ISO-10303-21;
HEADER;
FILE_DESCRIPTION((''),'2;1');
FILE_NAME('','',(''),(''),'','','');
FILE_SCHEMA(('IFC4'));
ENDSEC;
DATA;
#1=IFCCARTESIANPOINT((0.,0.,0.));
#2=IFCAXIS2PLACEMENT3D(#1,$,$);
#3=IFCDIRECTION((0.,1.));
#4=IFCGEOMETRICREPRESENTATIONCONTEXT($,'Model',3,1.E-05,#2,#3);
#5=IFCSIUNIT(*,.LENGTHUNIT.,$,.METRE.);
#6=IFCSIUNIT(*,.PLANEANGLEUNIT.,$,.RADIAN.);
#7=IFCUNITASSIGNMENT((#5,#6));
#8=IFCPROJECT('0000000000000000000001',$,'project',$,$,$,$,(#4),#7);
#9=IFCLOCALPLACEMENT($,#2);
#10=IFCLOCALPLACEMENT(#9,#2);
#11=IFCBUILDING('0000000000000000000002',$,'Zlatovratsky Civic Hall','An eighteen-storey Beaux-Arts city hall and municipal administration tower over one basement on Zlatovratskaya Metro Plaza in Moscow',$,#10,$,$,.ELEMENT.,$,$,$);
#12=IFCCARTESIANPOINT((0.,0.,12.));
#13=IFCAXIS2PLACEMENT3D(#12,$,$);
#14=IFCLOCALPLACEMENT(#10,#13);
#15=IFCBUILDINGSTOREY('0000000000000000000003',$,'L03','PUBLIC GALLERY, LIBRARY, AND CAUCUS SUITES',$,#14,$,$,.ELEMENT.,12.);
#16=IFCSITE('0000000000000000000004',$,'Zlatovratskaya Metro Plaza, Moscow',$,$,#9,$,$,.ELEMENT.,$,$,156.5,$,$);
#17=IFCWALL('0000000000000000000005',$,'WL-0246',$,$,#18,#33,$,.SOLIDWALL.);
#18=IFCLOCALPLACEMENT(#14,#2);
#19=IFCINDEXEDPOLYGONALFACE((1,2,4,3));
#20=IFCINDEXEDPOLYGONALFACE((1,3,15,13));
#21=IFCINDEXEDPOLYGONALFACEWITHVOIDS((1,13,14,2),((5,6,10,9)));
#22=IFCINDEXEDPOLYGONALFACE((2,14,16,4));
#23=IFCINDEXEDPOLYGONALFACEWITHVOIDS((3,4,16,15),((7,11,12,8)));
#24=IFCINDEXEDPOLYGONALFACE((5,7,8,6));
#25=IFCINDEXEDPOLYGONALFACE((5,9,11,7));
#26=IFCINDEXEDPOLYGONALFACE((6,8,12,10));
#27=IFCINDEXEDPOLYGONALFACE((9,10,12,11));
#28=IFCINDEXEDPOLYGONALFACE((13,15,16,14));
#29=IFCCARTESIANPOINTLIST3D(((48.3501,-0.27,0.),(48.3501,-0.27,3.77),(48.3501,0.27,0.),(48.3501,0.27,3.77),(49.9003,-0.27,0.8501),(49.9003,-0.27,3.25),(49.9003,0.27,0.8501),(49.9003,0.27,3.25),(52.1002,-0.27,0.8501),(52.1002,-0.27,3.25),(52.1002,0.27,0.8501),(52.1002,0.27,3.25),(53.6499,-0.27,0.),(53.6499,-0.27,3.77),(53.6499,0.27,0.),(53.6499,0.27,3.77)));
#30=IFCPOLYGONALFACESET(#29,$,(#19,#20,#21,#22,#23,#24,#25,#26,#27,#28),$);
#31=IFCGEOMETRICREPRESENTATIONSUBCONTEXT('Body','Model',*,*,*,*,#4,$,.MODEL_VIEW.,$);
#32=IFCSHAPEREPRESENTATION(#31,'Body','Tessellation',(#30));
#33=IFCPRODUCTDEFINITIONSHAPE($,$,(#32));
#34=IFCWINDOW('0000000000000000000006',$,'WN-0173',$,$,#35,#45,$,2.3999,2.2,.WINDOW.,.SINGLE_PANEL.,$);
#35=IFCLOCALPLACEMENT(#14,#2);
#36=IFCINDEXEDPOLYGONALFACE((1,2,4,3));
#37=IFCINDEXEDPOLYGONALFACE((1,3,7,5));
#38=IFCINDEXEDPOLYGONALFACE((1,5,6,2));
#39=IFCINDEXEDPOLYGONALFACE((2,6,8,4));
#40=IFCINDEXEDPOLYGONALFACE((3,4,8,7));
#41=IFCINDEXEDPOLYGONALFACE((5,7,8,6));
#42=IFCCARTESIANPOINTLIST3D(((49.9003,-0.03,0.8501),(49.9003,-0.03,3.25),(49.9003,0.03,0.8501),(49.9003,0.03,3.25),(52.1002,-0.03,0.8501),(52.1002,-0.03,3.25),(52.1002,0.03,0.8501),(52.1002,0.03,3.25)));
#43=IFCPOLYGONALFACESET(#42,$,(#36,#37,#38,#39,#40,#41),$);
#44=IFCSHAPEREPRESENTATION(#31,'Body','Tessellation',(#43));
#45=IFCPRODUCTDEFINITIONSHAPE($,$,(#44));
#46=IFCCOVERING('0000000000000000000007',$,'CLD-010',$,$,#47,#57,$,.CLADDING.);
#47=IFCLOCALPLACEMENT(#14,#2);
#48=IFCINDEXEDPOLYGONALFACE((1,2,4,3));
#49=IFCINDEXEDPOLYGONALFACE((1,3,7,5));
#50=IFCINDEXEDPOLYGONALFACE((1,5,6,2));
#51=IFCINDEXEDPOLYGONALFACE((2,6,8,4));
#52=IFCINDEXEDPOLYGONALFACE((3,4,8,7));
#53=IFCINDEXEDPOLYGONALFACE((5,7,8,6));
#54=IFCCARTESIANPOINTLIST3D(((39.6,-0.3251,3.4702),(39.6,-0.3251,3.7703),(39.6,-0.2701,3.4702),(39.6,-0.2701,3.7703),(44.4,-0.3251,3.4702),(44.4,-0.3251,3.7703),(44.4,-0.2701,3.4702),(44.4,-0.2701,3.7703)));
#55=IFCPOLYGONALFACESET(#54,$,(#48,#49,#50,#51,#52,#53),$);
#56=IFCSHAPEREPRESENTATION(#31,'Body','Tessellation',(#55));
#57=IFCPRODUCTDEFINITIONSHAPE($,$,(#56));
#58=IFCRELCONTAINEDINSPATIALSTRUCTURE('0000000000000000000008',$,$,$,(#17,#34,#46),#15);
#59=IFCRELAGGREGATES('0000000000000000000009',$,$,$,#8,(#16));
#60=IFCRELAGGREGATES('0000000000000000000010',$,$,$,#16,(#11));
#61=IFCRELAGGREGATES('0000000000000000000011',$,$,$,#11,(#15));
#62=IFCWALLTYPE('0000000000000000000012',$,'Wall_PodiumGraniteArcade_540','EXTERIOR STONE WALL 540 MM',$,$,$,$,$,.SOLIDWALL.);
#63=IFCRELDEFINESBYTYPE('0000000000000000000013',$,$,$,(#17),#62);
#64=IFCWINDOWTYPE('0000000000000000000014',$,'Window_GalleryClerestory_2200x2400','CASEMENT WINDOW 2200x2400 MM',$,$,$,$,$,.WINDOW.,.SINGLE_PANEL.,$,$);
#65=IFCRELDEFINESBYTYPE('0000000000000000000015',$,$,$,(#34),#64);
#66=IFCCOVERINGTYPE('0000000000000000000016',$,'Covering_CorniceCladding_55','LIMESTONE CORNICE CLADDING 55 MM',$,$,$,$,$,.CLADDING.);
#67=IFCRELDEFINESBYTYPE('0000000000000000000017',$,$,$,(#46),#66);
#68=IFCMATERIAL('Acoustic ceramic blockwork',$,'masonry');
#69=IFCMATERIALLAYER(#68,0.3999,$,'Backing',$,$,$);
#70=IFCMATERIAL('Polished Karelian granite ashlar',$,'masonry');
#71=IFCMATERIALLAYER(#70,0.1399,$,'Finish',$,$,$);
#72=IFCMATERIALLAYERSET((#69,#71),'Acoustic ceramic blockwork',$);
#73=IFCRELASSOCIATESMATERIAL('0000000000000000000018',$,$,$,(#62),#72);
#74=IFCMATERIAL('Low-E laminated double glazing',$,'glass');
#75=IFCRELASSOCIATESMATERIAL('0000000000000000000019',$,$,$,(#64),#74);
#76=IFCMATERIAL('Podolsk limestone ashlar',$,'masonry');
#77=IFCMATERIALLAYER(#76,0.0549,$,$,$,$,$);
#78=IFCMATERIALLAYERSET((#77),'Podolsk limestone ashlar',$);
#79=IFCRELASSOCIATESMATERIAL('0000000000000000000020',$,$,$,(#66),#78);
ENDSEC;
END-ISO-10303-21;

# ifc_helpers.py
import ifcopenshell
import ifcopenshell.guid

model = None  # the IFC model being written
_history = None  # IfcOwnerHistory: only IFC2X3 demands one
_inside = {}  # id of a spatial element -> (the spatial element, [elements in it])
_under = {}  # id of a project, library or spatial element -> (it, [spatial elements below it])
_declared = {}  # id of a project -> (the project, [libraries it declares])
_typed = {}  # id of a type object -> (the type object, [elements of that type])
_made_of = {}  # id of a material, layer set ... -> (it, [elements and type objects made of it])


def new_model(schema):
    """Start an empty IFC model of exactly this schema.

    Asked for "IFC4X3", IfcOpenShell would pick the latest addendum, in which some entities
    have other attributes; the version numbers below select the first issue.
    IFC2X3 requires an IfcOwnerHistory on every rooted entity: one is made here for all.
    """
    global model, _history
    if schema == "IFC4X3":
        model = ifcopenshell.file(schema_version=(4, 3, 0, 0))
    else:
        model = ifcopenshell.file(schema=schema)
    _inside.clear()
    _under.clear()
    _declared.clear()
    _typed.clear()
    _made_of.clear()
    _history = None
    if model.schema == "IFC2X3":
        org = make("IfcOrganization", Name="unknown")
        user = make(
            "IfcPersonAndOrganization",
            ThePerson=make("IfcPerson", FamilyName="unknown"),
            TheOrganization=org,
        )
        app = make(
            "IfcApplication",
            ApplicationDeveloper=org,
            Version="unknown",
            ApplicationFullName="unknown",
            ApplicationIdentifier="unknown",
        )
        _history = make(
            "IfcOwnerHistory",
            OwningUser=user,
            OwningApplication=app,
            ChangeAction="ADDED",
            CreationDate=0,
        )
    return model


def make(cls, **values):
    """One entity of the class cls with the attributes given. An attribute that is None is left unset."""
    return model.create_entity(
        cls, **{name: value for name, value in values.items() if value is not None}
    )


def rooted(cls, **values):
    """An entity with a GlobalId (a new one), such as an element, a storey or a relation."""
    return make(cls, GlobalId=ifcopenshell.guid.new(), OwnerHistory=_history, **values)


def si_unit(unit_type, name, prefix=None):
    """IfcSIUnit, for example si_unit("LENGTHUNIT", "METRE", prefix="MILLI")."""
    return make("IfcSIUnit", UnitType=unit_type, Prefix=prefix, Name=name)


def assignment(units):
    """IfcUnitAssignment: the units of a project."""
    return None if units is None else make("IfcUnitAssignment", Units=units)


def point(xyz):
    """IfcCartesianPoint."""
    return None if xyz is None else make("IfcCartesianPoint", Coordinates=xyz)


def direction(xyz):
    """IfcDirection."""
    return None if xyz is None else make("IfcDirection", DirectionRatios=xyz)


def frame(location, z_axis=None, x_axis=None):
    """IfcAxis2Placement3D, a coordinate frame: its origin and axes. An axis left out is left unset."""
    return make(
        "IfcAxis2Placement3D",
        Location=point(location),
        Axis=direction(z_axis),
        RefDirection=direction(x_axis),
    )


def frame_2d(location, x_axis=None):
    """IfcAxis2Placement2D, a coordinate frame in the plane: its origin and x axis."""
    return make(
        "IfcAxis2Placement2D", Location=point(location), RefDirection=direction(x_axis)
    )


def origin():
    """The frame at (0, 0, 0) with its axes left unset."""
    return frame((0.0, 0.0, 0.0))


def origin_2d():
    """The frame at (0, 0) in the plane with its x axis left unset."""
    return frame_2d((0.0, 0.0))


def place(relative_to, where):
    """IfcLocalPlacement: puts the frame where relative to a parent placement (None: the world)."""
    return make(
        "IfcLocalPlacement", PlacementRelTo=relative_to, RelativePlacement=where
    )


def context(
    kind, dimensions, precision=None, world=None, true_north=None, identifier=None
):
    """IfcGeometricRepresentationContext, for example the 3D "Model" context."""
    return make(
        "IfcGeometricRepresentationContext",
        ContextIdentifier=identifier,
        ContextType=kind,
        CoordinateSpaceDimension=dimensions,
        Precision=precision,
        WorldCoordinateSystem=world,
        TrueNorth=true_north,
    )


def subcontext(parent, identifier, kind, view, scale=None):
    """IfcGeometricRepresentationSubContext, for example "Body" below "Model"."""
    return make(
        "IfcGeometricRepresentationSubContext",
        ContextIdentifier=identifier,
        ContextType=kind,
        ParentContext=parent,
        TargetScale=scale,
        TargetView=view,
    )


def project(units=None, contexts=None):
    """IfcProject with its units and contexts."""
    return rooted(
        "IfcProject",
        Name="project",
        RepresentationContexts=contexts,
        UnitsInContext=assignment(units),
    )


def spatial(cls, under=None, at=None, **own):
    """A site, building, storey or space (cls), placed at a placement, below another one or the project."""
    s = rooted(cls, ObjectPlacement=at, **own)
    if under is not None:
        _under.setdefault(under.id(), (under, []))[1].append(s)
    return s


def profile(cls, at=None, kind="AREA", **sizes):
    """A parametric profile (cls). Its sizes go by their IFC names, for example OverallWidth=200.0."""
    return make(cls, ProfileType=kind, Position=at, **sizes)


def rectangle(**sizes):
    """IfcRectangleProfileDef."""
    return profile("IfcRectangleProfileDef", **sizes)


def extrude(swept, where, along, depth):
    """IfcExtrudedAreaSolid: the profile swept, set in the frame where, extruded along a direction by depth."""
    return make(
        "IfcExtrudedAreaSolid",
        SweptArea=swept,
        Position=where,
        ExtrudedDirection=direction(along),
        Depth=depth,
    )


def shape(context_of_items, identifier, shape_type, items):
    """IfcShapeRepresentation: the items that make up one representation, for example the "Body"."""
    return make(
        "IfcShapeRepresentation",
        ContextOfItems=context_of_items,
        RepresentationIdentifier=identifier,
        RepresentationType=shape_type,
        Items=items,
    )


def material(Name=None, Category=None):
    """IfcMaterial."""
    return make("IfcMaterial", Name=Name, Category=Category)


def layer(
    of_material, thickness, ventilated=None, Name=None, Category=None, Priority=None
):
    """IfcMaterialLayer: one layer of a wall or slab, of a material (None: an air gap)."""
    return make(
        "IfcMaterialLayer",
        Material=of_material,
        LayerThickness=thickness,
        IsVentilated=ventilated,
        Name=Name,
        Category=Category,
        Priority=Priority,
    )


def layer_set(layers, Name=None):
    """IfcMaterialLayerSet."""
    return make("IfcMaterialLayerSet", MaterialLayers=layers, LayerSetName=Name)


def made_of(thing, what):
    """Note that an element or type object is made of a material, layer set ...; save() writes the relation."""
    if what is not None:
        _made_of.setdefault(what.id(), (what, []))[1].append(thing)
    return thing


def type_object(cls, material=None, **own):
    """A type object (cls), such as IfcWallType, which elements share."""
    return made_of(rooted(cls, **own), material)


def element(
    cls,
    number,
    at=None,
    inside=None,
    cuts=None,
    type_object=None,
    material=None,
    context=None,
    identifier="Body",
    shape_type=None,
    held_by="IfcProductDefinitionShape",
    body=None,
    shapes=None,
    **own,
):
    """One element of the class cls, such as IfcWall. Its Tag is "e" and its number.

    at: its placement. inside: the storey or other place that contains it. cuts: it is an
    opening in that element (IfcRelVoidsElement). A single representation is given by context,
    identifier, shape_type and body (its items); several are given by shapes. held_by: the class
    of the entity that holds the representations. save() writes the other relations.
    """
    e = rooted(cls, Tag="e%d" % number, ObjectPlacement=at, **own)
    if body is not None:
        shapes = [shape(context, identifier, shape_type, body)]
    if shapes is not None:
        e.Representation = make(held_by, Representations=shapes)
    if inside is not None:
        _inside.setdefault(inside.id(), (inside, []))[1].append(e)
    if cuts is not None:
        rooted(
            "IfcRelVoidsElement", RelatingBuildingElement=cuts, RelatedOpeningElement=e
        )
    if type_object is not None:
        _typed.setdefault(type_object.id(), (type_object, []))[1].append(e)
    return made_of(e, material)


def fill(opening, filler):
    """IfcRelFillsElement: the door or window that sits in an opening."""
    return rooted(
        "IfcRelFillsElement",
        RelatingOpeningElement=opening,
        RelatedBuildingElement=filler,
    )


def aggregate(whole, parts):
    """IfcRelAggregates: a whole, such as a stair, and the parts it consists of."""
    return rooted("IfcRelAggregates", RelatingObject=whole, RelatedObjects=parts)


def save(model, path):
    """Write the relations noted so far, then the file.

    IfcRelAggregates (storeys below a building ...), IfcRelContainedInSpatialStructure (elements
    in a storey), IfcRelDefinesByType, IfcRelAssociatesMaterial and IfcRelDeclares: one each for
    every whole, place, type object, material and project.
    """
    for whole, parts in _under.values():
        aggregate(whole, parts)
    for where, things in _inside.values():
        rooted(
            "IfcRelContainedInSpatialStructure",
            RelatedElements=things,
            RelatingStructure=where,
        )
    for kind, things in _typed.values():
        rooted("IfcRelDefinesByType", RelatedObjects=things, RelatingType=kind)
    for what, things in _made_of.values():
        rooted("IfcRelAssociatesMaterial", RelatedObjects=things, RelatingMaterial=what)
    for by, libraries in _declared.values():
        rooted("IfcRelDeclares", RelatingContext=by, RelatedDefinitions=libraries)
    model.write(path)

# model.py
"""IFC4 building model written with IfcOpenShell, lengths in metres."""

from ifc_helpers import new_model, si_unit, direction, frame, frame_2d, origin, origin_2d, place, context, subcontext, project, spatial, rectangle, extrude, material, layer, layer_set, type_object, element, fill, save


model = new_model("IFC4")

# Units and contexts
model_context = context("Model", 3, precision=1e-05, world=origin(), true_north=direction((0.0, 1.0)))
body_context = subcontext(model_context, "Body", "Model", "MODEL_VIEW")
ifc_project = project(units=[si_unit("LENGTHUNIT", "METRE"), si_unit("PLANEANGLEUNIT", "RADIAN")], contexts=[model_context])

# Site, building, storey
site_placement = place(None, origin())
site = spatial("IfcSite", under=ifc_project, at=site_placement, Name="Zlatovratskaya Metro Plaza, Moscow", CompositionType="ELEMENT", RefElevation=156.5)
building_placement = place(site_placement, origin())
building = spatial("IfcBuilding", under=site, at=building_placement, Name="Zlatovratsky Civic Hall", Description="An eighteen-storey Beaux-Arts city hall and municipal administration tower over one basement on Zlatovratskaya Metro Plaza in Moscow", CompositionType="ELEMENT")
storey_placement = place(building_placement, frame((0.0, 0.0, 12.0)))
storey = spatial("IfcBuildingStorey", under=building, at=storey_placement, Name="L03", Description="PUBLIC GALLERY, LIBRARY, AND CAUCUS SUITES", CompositionType="ELEMENT", Elevation=12.0)

# Shared definitions
ifc_material_1 = material(Name="Acoustic ceramic blockwork", Category="masonry")
ifc_layer_1 = layer(ifc_material_1, 0.3999, Name="Backing")
ifc_material_2 = material(Name="Polished Karelian granite ashlar", Category="masonry")
ifc_layer_2 = layer(ifc_material_2, 0.1399, Name="Finish")
ifc_layer_set_1 = layer_set([ifc_layer_1, ifc_layer_2], Name="Acoustic ceramic blockwork")
wall_type = type_object("IfcWallType", Name="Wall_PodiumGraniteArcade_540", Description="EXTERIOR STONE WALL 540 MM", PredefinedType="SOLIDWALL", material=ifc_layer_set_1)
ifc_material_3 = material(Name="Low-E laminated double glazing", Category="glass")
window_type = type_object("IfcWindowType", Name="Window_GalleryClerestory_2200x2400", Description="CASEMENT WINDOW 2200x2400 MM", PartitioningType="SINGLE_PANEL", PredefinedType="WINDOW", material=ifc_material_3)

# Wall, opening, window
wall_1_placement = place(storey_placement, frame((48.3501, 0.0, 0.0), z_axis=(0.0, 0.0, 1.0), x_axis=(1.0, 0.0, 0.0)))
wall_1 = element("IfcWall", 1, at=wall_1_placement, inside=storey, type_object=wall_type, Name="WL-0246", PredefinedType="SOLIDWALL", context=body_context, shape_type="SweptSolid", body=[
    extrude(rectangle(XDim=5.2998, YDim=0.54, at=frame_2d((2.6499, 0.0))), origin(), (0.0, 0.0, 1.0), 3.77),
])
opening_1_placement = place(wall_1_placement, frame((1.55, 0.0, 0.8501)))
opening_1 = element("IfcOpeningElement", 2, at=opening_1_placement, cuts=wall_1, PredefinedType="OPENING", context=body_context, shape_type="SweptSolid", body=[
    extrude(rectangle(XDim=2.2, YDim=2.3999, at=frame_2d((1.1001, 1.2))), frame((0.0, 0.2849, 0.0), z_axis=(0.0, -1.0, 0.0), x_axis=(1.0, 0.0, 0.0)), (0.0, 0.0, 1.0), 0.5698),
])
window_1_placement = place(opening_1_placement, origin())
window_1 = element("IfcWindow", 3, at=window_1_placement, inside=storey, type_object=window_type, Name="WN-0173", OverallHeight=2.3999, OverallWidth=2.2, PartitioningType="SINGLE_PANEL", PredefinedType="WINDOW", context=body_context, shape_type="SweptSolid", body=[
    extrude(rectangle(XDim=2.2, YDim=2.3999, at=frame_2d((1.1001, 1.2))), frame((0.0, 0.03, 0.0), z_axis=(0.0, -1.0, 0.0), x_axis=(1.0, 0.0, 0.0)), (0.0, 0.0, 1.0), 0.0601),
])
fill(opening_1, window_1)

# Covering
ifc_material_4 = material(Name="Podolsk limestone ashlar", Category="masonry")
ifc_layer_3 = layer(ifc_material_4, 0.0549)
ifc_layer_set_2 = layer_set([ifc_layer_3], Name="Podolsk limestone ashlar")
covering_type = type_object("IfcCoveringType", Name="Covering_CorniceCladding_55", Description="LIMESTONE CORNICE CLADDING 55 MM", PredefinedType="CLADDING", material=ifc_layer_set_2)
covering_placement = place(storey_placement, frame((42.0, -0.2976, 3.4702), z_axis=(0.0, 0.0, 1.0), x_axis=(1.0, 0.0, 0.0)))
element("IfcCovering", 4, at=covering_placement, inside=storey, type_object=covering_type, Name="CLD-010", PredefinedType="CLADDING", context=body_context, shape_type="SweptSolid", body=[
    extrude(rectangle(XDim=4.8, YDim=0.0549, at=origin_2d()), origin(), (0.0, 0.0, 1.0), 0.3),
])

save(model, "model.ifc")
